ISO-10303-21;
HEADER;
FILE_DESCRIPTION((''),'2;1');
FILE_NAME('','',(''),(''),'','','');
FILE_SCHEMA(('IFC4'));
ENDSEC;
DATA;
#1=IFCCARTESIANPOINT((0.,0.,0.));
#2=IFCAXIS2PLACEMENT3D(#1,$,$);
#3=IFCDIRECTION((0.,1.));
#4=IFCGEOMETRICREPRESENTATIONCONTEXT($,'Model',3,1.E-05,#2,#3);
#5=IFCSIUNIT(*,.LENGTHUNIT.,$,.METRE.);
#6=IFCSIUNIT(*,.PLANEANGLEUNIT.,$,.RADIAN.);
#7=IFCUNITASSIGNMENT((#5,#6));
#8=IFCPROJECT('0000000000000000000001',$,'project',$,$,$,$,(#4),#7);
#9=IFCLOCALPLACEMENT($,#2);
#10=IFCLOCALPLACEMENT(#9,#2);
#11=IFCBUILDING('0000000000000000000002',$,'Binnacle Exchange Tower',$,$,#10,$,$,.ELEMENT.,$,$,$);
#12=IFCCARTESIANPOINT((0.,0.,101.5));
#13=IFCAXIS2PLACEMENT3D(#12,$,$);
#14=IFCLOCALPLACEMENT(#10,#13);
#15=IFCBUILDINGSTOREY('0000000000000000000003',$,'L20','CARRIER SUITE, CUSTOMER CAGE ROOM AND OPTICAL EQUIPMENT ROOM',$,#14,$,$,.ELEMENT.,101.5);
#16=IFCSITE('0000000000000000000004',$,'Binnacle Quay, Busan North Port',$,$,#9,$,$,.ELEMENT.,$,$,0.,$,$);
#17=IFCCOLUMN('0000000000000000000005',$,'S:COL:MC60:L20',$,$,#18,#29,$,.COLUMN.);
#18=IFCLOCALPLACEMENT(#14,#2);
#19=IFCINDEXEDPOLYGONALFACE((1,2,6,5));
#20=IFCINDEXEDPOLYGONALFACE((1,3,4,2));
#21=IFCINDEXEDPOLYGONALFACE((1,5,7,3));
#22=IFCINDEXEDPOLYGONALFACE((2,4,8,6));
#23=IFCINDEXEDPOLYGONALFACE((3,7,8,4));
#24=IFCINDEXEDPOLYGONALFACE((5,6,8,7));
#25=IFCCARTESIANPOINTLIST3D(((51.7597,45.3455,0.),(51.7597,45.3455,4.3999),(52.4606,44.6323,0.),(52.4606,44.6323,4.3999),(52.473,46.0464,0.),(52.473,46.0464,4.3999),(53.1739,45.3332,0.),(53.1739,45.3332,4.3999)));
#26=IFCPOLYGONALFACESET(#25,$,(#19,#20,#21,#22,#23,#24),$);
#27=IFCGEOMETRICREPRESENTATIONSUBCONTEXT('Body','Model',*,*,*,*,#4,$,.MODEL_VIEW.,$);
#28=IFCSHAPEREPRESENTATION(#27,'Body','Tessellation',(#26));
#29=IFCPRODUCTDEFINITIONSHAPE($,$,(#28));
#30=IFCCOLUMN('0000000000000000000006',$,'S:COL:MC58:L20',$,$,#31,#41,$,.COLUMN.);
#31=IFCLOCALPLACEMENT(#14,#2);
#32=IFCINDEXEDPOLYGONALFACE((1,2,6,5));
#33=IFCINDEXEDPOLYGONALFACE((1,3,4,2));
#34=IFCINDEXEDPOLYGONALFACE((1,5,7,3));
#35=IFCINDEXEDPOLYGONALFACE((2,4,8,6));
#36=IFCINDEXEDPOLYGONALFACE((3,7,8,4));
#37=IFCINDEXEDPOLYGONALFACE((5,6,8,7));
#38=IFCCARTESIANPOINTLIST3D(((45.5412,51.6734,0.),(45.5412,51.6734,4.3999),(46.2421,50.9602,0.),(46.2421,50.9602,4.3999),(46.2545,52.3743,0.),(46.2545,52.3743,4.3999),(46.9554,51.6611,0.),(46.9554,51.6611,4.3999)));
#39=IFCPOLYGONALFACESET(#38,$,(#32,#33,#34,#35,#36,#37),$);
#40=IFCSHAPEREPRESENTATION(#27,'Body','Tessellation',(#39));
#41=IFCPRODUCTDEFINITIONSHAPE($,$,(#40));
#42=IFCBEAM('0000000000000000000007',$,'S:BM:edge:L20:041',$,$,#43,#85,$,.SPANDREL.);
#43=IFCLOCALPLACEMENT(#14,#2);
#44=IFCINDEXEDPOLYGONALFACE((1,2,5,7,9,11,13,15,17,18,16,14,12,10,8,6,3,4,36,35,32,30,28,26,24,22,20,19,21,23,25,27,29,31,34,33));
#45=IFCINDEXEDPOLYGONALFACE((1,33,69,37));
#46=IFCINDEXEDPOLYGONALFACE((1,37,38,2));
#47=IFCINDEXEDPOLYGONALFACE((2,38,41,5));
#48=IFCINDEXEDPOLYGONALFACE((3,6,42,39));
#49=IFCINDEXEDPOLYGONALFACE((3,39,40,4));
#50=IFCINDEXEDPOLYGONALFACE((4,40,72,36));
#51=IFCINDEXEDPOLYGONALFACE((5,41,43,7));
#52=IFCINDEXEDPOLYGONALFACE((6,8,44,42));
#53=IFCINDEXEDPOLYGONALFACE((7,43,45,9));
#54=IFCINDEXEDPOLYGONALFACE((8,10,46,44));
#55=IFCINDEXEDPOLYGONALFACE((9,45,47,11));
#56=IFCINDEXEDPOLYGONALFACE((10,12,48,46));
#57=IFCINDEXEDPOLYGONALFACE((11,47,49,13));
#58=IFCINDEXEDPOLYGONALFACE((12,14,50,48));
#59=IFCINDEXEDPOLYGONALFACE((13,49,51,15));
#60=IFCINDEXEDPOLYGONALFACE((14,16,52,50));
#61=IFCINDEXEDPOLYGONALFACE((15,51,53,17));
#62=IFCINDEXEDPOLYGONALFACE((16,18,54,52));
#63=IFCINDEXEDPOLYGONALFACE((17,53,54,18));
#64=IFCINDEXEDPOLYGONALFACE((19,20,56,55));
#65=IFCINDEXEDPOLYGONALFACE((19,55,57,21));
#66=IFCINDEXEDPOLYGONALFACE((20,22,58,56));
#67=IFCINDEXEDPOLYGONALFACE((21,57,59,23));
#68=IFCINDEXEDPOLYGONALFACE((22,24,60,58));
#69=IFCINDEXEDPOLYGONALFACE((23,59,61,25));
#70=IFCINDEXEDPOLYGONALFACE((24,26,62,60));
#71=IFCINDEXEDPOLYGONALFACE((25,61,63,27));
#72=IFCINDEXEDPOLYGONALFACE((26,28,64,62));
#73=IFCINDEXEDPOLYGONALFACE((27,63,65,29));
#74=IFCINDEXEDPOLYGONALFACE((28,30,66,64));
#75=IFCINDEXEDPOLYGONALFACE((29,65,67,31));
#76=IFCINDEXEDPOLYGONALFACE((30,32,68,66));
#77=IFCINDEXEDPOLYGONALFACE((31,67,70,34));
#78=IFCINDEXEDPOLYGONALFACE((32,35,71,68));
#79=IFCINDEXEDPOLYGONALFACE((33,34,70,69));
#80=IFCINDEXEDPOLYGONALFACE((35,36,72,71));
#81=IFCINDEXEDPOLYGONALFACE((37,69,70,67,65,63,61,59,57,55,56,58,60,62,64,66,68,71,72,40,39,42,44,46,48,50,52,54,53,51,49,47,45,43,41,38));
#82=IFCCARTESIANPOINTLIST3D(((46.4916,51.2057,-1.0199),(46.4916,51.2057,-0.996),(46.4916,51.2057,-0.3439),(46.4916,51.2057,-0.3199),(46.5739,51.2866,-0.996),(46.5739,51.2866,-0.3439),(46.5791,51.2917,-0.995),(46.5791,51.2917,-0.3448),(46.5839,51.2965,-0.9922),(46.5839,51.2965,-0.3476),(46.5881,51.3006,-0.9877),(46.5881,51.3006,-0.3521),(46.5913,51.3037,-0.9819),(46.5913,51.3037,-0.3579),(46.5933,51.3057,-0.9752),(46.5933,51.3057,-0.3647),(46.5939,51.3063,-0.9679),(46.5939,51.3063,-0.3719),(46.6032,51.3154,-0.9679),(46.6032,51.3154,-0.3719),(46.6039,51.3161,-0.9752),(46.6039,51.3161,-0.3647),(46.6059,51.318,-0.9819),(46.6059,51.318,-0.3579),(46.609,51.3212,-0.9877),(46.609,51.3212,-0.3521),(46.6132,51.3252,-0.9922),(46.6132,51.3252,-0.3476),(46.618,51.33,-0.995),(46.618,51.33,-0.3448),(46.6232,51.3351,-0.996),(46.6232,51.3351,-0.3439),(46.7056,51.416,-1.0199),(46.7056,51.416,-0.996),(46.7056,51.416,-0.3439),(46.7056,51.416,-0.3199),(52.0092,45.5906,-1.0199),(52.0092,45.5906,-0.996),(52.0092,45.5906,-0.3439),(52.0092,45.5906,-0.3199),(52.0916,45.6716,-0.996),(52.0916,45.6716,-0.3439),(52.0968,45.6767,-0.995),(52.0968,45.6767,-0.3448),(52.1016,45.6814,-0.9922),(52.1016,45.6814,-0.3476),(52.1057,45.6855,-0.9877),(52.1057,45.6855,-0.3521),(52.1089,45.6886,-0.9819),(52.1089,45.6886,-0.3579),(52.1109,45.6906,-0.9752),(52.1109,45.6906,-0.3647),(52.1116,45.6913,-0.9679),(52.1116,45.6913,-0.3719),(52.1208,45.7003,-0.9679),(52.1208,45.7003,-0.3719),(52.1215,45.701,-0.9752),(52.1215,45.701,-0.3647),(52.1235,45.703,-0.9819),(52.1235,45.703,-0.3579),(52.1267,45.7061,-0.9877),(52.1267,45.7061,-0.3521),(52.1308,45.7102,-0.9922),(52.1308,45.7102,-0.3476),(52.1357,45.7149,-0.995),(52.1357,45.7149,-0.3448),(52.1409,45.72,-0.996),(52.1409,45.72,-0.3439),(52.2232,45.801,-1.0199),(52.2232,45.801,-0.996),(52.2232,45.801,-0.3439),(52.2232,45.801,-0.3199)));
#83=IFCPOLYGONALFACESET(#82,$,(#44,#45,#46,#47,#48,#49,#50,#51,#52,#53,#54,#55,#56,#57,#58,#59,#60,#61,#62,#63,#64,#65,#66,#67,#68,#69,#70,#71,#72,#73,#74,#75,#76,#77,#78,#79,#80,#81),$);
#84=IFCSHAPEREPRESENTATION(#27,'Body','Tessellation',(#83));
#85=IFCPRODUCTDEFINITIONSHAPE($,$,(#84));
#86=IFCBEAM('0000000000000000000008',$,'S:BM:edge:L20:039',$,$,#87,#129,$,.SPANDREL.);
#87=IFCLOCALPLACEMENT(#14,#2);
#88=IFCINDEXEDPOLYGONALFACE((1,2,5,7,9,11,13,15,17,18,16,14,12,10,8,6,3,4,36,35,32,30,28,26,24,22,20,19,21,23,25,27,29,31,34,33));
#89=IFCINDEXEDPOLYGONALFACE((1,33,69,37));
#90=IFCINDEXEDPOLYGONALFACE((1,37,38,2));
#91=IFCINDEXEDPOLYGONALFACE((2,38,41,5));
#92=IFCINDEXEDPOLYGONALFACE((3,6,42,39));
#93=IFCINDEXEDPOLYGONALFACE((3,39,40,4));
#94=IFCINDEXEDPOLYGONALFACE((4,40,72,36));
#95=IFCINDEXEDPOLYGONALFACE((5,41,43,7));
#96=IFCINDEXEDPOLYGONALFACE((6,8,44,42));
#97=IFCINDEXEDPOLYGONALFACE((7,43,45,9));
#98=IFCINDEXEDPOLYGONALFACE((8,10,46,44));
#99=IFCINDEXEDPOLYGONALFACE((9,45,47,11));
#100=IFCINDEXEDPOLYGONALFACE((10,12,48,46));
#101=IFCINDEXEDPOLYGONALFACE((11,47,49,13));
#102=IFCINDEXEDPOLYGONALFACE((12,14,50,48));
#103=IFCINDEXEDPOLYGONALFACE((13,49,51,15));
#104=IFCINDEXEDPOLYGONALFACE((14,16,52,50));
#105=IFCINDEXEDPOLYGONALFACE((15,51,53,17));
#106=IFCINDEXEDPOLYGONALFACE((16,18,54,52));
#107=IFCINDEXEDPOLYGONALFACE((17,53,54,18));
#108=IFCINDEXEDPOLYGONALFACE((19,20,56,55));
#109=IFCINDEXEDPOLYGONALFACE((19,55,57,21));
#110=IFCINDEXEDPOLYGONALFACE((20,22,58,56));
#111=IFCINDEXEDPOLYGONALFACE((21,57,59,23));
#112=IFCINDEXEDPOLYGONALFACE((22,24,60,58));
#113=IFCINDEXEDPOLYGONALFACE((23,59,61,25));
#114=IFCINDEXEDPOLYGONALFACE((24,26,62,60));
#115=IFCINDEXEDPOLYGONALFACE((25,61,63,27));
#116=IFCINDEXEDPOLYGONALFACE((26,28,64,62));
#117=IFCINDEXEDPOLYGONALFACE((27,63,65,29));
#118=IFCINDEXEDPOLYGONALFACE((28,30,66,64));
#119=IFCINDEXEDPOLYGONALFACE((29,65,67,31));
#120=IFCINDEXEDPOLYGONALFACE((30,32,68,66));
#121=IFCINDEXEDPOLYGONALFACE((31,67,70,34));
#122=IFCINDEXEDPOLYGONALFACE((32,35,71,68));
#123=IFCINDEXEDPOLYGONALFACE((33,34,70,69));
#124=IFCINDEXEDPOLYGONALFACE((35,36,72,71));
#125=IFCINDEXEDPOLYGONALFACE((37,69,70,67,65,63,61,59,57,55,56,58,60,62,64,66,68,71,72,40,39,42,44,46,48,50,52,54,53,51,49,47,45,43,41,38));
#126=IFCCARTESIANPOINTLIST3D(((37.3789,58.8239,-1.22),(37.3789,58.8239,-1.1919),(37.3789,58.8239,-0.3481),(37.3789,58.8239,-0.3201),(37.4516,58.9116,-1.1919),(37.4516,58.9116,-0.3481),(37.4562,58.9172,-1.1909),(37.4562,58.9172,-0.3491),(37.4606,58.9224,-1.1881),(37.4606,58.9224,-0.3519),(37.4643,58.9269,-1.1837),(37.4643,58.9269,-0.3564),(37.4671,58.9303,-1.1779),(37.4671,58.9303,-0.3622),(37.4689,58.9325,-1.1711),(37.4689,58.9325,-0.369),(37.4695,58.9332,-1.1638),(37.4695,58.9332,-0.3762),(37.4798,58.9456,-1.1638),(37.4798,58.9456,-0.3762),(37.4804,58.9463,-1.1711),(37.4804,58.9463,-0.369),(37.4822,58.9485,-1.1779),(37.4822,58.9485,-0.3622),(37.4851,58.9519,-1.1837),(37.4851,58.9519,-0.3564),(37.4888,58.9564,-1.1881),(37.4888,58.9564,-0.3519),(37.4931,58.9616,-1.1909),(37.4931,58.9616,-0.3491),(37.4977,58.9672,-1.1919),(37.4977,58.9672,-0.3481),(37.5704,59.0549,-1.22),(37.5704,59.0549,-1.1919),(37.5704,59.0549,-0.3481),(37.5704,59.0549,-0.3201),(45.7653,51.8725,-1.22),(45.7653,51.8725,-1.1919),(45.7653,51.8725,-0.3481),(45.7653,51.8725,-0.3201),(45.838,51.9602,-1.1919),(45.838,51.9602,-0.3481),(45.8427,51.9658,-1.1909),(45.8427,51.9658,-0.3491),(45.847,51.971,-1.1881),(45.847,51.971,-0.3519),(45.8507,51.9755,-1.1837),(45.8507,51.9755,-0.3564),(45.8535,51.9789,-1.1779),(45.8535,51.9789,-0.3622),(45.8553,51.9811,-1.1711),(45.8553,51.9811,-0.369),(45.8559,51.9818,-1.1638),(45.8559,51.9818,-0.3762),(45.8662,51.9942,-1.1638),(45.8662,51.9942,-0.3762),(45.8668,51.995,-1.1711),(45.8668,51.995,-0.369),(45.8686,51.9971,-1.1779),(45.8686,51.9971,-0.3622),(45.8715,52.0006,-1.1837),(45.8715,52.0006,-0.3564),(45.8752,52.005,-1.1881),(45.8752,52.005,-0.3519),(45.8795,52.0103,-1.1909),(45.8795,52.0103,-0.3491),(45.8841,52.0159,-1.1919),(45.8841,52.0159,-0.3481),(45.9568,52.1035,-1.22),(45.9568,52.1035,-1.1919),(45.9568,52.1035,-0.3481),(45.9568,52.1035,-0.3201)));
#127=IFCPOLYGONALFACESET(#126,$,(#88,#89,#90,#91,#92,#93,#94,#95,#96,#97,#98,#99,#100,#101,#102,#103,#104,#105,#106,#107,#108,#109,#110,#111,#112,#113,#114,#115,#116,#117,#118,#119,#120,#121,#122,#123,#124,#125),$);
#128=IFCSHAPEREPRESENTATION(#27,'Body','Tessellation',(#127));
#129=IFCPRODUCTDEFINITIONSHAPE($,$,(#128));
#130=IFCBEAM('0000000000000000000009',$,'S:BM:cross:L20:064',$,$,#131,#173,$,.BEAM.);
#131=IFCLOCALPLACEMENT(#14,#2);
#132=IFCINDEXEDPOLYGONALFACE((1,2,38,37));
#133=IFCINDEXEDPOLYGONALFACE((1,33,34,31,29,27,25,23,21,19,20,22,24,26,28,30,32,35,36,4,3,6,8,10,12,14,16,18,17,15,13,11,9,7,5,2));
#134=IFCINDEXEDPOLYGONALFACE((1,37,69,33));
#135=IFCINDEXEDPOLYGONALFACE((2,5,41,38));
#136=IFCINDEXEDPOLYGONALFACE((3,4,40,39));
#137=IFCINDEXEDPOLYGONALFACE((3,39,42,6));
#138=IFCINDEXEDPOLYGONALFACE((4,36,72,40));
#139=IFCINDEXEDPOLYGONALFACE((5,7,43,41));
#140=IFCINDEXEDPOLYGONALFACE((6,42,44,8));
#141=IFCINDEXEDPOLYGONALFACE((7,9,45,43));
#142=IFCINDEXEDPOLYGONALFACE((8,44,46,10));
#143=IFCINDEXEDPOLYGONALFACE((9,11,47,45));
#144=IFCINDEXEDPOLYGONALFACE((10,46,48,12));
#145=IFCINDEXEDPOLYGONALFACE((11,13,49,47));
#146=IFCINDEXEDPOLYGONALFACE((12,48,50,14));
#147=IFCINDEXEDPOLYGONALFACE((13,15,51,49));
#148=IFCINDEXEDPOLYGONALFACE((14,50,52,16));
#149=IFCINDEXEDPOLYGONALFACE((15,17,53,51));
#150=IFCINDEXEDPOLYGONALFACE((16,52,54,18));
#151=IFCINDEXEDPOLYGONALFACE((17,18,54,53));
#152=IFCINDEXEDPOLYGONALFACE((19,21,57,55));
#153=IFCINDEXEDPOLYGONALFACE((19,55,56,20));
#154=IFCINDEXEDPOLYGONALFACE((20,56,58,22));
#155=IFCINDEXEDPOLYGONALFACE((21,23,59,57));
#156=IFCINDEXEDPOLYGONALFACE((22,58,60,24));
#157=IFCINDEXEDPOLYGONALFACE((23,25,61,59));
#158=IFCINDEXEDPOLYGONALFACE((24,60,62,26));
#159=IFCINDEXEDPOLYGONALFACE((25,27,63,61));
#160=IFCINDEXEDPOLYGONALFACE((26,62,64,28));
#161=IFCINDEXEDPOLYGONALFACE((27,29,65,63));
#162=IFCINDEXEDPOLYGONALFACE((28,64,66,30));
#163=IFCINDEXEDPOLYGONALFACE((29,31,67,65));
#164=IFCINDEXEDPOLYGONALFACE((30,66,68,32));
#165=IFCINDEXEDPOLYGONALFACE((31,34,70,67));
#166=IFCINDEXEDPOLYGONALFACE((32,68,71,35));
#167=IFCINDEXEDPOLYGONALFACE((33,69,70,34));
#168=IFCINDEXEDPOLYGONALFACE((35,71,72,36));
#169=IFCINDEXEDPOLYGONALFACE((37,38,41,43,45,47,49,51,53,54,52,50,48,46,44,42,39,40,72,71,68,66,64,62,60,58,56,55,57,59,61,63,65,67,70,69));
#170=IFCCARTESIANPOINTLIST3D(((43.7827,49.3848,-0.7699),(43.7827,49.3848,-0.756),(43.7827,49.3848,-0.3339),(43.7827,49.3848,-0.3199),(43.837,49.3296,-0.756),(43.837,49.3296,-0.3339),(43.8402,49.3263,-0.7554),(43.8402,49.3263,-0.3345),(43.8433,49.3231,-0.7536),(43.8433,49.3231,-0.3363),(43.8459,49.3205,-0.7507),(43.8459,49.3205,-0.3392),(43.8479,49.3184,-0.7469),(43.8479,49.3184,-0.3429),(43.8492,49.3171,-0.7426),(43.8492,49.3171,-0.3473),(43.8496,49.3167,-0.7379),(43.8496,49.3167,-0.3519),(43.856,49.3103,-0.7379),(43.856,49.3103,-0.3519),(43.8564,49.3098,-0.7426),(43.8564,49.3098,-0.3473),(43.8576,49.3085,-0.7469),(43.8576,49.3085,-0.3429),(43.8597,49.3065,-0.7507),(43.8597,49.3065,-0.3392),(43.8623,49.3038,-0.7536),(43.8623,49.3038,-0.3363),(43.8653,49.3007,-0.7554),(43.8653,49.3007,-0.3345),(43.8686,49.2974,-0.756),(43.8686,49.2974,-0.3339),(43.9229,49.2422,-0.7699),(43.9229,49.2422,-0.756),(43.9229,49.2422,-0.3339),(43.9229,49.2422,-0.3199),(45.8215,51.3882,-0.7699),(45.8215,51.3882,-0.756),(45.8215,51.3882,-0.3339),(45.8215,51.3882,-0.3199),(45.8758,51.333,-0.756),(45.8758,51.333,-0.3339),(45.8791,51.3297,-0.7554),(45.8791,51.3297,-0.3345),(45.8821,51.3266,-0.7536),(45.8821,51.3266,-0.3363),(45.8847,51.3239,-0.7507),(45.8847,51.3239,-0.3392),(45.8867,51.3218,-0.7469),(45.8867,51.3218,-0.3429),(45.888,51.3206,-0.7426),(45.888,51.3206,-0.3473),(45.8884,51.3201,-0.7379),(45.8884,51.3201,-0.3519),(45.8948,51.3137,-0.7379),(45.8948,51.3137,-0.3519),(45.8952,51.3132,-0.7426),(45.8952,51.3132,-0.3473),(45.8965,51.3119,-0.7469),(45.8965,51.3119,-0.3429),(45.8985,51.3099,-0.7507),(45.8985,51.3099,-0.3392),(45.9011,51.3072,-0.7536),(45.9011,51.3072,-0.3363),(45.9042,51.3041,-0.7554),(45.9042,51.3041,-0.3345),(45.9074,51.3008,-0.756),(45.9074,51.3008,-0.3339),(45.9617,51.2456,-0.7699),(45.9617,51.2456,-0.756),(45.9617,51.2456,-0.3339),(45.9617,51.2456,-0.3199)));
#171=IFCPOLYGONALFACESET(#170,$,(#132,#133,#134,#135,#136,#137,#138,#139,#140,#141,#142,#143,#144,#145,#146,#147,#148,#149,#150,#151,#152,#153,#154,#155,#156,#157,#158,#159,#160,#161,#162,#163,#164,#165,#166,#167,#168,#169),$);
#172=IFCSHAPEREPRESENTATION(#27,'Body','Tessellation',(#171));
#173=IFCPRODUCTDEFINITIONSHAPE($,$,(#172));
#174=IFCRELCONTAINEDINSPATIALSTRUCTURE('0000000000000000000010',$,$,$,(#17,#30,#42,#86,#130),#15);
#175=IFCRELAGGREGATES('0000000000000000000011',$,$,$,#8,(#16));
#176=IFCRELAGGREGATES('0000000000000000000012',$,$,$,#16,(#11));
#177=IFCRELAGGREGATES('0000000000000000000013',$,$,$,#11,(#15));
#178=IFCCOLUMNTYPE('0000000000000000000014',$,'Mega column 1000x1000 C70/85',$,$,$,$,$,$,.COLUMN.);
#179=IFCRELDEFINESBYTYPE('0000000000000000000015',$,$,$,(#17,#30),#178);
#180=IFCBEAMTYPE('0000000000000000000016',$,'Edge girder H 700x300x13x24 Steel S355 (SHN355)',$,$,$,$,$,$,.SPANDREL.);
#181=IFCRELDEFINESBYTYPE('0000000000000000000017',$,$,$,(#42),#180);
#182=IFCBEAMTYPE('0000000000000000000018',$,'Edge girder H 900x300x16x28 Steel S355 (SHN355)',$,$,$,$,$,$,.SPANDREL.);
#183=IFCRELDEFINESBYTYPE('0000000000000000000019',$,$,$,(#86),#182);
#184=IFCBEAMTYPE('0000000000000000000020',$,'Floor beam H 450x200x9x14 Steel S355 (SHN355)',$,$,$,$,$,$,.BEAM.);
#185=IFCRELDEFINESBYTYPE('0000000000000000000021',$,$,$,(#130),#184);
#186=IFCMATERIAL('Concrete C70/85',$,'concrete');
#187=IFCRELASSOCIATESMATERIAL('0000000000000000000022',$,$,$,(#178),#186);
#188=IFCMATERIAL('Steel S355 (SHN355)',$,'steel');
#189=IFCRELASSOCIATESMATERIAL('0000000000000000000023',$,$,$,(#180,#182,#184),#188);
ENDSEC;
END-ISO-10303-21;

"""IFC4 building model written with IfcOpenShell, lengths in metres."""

from ifc_helpers import new_model, si_unit, direction, frame, origin, origin_2d, place, context, subcontext, project, spatial, rectangle, i_section, extrude, material, material_profile, profile_set, type_object, element, save


model = new_model("IFC4")

# Units and contexts
model_context = context("Model", 3, precision=1e-05, world=origin(), true_north=direction((0.0, 1.0)))
body_context = subcontext(model_context, "Body", "Model", "MODEL_VIEW")
ifc_project = project(units=[si_unit("LENGTHUNIT", "METRE"), si_unit("PLANEANGLEUNIT", "RADIAN")], contexts=[model_context])

# Site, building, storey
site_placement = place(None, origin())
site = spatial("IfcSite", under=ifc_project, at=site_placement, Name="Binnacle Quay, Busan North Port", CompositionType="ELEMENT", RefElevation=0.0)
building_placement = place(site_placement, origin())
building = spatial("IfcBuilding", under=site, at=building_placement, Name="Binnacle Exchange Tower", CompositionType="ELEMENT")
storey_placement = place(building_placement, frame((0.0, 0.0, 101.5)))
storey = spatial("IfcBuildingStorey", under=building, at=storey_placement, Name="L20", Description="CARRIER SUITE, CUSTOMER CAGE ROOM AND OPTICAL EQUIPMENT ROOM", CompositionType="ELEMENT", Elevation=101.5)

# Columns
ifc_material_1 = material(Name="Concrete C70/85", Category="concrete")
ifc_material_profile_1 = material_profile(ifc_material_1, rectangle(XDim=1.0, YDim=1.0, at=origin_2d()), Name="Mega column 1000x1000 C70/85")
ifc_profile_set_1 = profile_set([ifc_material_profile_1], Name="Concrete C70/85")
column_type = type_object("IfcColumnType", Name="Mega column 1000x1000 C70/85", PredefinedType="COLUMN", material=ifc_profile_set_1)
for number, where, z_axis, x_axis, name in (
    (1, (52.4668, 45.3394, 0.0), (0.0, 0.0, 1.0), (-0.700909, 0.71325, 0.0), "S:COL:MC60:L20"),
    (2, (46.2483, 51.6672, 0.0), (0.0, 0.0, 1.0), (-0.700909, 0.71325, 0.0), "S:COL:MC58:L20"),
):
    element("IfcColumn", number, at=place(storey_placement, frame(where, z_axis=z_axis, x_axis=x_axis)), inside=storey, type_object=column_type, Name=name, PredefinedType="COLUMN", context=body_context, shape_type="SweptSolid", body=[
        extrude(rectangle(XDim=1.0, YDim=1.0, at=origin_2d()), origin(), (0.0, 0.0, 1.0), 4.3999),
    ])

# Beams
ifc_material_2 = material(Name="Steel S355 (SHN355)", Category="steel")
ifc_material_profile_2 = material_profile(ifc_material_2, i_section(OverallWidth=0.3, OverallDepth=0.7, WebThickness=0.0129, FlangeThickness=0.0239, FilletRadius=0.0281, at=origin_2d()), Name="H 700x300x13x24")
ifc_profile_set_2 = profile_set([ifc_material_profile_2], Name="Steel S355 (SHN355)")
beam_type_1 = type_object("IfcBeamType", Name="Edge girder H 700x300x13x24 Steel S355 (SHN355)", PredefinedType="SPANDREL", material=ifc_profile_set_2)
beam_1_placement = place(storey_placement, frame((52.1162, 45.6958, -0.6699), z_axis=(-0.700893, 0.713267, 0.0), x_axis=(-0.713267, -0.700893, 0.0)))
element("IfcBeam", 3, at=beam_1_placement, inside=storey, type_object=beam_type_1, Name="S:BM:edge:L20:041", PredefinedType="SPANDREL", context=body_context, shape_type="SweptSolid", body=[
    extrude(i_section(OverallWidth=0.3, OverallDepth=0.7, WebThickness=0.0129, FlangeThickness=0.0239, FilletRadius=0.0281, at=origin_2d()), origin(), (0.0, 0.0, 1.0), 7.8723),
])
ifc_material_profile_3 = material_profile(ifc_material_2, i_section(OverallWidth=0.3, OverallDepth=0.8999, WebThickness=0.0161, FlangeThickness=0.0281, FilletRadius=0.0281, at=origin_2d()), Name="H 900x300x16x28")
ifc_profile_set_3 = profile_set([ifc_material_profile_3], Name="Steel S355 (SHN355)")
beam_type_2 = type_object("IfcBeamType", Name="Edge girder H 900x300x16x28 Steel S355 (SHN355)", PredefinedType="SPANDREL", material=ifc_profile_set_3)
beam_2_placement = place(storey_placement, frame((45.8611, 51.988, -0.77), z_axis=(-0.769903, 0.638161, 0.0), x_axis=(-0.638161, -0.769903, 0.0)))
element("IfcBeam", 4, at=beam_2_placement, inside=storey, type_object=beam_type_2, Name="S:BM:edge:L20:039", PredefinedType="SPANDREL", context=body_context, shape_type="SweptSolid", body=[
    extrude(i_section(OverallWidth=0.3, OverallDepth=0.8999, WebThickness=0.0161, FlangeThickness=0.0281, FilletRadius=0.0281, at=origin_2d()), origin(), (0.0, 0.0, 1.0), 10.8928),
])
ifc_material_profile_4 = material_profile(ifc_material_2, i_section(OverallWidth=0.2, OverallDepth=0.45, WebThickness=0.009, FlangeThickness=0.0139, FilletRadius=0.0181, at=origin_2d()), Name="H 450x200x9x14")
ifc_profile_set_4 = profile_set([ifc_material_profile_4], Name="Steel S355 (SHN355)")
beam_type_3 = type_object("IfcBeamType", Name="Floor beam H 450x200x9x14 Steel S355 (SHN355)", PredefinedType="BEAM", material=ifc_profile_set_4)
for number, where, z_axis, x_axis, name in (
    (5, (45.8916, 51.3169, -0.5449), (-0.713272, -0.700887, 0.0), (0.700887, -0.713272, 0.0), "S:BM:cross:L20:064"),
):
    element("IfcBeam", number, at=place(storey_placement, frame(where, z_axis=z_axis, x_axis=x_axis)), inside=storey, type_object=beam_type_3, Name=name, PredefinedType="BEAM", context=body_context, shape_type="SweptSolid", body=[
        extrude(i_section(OverallWidth=0.2, OverallDepth=0.45, WebThickness=0.009, FlangeThickness=0.0139, FilletRadius=0.0181, at=origin_2d()), origin(), (0.0, 0.0, 1.0), 2.8584),
    ])

save(model, "model.ifc")
